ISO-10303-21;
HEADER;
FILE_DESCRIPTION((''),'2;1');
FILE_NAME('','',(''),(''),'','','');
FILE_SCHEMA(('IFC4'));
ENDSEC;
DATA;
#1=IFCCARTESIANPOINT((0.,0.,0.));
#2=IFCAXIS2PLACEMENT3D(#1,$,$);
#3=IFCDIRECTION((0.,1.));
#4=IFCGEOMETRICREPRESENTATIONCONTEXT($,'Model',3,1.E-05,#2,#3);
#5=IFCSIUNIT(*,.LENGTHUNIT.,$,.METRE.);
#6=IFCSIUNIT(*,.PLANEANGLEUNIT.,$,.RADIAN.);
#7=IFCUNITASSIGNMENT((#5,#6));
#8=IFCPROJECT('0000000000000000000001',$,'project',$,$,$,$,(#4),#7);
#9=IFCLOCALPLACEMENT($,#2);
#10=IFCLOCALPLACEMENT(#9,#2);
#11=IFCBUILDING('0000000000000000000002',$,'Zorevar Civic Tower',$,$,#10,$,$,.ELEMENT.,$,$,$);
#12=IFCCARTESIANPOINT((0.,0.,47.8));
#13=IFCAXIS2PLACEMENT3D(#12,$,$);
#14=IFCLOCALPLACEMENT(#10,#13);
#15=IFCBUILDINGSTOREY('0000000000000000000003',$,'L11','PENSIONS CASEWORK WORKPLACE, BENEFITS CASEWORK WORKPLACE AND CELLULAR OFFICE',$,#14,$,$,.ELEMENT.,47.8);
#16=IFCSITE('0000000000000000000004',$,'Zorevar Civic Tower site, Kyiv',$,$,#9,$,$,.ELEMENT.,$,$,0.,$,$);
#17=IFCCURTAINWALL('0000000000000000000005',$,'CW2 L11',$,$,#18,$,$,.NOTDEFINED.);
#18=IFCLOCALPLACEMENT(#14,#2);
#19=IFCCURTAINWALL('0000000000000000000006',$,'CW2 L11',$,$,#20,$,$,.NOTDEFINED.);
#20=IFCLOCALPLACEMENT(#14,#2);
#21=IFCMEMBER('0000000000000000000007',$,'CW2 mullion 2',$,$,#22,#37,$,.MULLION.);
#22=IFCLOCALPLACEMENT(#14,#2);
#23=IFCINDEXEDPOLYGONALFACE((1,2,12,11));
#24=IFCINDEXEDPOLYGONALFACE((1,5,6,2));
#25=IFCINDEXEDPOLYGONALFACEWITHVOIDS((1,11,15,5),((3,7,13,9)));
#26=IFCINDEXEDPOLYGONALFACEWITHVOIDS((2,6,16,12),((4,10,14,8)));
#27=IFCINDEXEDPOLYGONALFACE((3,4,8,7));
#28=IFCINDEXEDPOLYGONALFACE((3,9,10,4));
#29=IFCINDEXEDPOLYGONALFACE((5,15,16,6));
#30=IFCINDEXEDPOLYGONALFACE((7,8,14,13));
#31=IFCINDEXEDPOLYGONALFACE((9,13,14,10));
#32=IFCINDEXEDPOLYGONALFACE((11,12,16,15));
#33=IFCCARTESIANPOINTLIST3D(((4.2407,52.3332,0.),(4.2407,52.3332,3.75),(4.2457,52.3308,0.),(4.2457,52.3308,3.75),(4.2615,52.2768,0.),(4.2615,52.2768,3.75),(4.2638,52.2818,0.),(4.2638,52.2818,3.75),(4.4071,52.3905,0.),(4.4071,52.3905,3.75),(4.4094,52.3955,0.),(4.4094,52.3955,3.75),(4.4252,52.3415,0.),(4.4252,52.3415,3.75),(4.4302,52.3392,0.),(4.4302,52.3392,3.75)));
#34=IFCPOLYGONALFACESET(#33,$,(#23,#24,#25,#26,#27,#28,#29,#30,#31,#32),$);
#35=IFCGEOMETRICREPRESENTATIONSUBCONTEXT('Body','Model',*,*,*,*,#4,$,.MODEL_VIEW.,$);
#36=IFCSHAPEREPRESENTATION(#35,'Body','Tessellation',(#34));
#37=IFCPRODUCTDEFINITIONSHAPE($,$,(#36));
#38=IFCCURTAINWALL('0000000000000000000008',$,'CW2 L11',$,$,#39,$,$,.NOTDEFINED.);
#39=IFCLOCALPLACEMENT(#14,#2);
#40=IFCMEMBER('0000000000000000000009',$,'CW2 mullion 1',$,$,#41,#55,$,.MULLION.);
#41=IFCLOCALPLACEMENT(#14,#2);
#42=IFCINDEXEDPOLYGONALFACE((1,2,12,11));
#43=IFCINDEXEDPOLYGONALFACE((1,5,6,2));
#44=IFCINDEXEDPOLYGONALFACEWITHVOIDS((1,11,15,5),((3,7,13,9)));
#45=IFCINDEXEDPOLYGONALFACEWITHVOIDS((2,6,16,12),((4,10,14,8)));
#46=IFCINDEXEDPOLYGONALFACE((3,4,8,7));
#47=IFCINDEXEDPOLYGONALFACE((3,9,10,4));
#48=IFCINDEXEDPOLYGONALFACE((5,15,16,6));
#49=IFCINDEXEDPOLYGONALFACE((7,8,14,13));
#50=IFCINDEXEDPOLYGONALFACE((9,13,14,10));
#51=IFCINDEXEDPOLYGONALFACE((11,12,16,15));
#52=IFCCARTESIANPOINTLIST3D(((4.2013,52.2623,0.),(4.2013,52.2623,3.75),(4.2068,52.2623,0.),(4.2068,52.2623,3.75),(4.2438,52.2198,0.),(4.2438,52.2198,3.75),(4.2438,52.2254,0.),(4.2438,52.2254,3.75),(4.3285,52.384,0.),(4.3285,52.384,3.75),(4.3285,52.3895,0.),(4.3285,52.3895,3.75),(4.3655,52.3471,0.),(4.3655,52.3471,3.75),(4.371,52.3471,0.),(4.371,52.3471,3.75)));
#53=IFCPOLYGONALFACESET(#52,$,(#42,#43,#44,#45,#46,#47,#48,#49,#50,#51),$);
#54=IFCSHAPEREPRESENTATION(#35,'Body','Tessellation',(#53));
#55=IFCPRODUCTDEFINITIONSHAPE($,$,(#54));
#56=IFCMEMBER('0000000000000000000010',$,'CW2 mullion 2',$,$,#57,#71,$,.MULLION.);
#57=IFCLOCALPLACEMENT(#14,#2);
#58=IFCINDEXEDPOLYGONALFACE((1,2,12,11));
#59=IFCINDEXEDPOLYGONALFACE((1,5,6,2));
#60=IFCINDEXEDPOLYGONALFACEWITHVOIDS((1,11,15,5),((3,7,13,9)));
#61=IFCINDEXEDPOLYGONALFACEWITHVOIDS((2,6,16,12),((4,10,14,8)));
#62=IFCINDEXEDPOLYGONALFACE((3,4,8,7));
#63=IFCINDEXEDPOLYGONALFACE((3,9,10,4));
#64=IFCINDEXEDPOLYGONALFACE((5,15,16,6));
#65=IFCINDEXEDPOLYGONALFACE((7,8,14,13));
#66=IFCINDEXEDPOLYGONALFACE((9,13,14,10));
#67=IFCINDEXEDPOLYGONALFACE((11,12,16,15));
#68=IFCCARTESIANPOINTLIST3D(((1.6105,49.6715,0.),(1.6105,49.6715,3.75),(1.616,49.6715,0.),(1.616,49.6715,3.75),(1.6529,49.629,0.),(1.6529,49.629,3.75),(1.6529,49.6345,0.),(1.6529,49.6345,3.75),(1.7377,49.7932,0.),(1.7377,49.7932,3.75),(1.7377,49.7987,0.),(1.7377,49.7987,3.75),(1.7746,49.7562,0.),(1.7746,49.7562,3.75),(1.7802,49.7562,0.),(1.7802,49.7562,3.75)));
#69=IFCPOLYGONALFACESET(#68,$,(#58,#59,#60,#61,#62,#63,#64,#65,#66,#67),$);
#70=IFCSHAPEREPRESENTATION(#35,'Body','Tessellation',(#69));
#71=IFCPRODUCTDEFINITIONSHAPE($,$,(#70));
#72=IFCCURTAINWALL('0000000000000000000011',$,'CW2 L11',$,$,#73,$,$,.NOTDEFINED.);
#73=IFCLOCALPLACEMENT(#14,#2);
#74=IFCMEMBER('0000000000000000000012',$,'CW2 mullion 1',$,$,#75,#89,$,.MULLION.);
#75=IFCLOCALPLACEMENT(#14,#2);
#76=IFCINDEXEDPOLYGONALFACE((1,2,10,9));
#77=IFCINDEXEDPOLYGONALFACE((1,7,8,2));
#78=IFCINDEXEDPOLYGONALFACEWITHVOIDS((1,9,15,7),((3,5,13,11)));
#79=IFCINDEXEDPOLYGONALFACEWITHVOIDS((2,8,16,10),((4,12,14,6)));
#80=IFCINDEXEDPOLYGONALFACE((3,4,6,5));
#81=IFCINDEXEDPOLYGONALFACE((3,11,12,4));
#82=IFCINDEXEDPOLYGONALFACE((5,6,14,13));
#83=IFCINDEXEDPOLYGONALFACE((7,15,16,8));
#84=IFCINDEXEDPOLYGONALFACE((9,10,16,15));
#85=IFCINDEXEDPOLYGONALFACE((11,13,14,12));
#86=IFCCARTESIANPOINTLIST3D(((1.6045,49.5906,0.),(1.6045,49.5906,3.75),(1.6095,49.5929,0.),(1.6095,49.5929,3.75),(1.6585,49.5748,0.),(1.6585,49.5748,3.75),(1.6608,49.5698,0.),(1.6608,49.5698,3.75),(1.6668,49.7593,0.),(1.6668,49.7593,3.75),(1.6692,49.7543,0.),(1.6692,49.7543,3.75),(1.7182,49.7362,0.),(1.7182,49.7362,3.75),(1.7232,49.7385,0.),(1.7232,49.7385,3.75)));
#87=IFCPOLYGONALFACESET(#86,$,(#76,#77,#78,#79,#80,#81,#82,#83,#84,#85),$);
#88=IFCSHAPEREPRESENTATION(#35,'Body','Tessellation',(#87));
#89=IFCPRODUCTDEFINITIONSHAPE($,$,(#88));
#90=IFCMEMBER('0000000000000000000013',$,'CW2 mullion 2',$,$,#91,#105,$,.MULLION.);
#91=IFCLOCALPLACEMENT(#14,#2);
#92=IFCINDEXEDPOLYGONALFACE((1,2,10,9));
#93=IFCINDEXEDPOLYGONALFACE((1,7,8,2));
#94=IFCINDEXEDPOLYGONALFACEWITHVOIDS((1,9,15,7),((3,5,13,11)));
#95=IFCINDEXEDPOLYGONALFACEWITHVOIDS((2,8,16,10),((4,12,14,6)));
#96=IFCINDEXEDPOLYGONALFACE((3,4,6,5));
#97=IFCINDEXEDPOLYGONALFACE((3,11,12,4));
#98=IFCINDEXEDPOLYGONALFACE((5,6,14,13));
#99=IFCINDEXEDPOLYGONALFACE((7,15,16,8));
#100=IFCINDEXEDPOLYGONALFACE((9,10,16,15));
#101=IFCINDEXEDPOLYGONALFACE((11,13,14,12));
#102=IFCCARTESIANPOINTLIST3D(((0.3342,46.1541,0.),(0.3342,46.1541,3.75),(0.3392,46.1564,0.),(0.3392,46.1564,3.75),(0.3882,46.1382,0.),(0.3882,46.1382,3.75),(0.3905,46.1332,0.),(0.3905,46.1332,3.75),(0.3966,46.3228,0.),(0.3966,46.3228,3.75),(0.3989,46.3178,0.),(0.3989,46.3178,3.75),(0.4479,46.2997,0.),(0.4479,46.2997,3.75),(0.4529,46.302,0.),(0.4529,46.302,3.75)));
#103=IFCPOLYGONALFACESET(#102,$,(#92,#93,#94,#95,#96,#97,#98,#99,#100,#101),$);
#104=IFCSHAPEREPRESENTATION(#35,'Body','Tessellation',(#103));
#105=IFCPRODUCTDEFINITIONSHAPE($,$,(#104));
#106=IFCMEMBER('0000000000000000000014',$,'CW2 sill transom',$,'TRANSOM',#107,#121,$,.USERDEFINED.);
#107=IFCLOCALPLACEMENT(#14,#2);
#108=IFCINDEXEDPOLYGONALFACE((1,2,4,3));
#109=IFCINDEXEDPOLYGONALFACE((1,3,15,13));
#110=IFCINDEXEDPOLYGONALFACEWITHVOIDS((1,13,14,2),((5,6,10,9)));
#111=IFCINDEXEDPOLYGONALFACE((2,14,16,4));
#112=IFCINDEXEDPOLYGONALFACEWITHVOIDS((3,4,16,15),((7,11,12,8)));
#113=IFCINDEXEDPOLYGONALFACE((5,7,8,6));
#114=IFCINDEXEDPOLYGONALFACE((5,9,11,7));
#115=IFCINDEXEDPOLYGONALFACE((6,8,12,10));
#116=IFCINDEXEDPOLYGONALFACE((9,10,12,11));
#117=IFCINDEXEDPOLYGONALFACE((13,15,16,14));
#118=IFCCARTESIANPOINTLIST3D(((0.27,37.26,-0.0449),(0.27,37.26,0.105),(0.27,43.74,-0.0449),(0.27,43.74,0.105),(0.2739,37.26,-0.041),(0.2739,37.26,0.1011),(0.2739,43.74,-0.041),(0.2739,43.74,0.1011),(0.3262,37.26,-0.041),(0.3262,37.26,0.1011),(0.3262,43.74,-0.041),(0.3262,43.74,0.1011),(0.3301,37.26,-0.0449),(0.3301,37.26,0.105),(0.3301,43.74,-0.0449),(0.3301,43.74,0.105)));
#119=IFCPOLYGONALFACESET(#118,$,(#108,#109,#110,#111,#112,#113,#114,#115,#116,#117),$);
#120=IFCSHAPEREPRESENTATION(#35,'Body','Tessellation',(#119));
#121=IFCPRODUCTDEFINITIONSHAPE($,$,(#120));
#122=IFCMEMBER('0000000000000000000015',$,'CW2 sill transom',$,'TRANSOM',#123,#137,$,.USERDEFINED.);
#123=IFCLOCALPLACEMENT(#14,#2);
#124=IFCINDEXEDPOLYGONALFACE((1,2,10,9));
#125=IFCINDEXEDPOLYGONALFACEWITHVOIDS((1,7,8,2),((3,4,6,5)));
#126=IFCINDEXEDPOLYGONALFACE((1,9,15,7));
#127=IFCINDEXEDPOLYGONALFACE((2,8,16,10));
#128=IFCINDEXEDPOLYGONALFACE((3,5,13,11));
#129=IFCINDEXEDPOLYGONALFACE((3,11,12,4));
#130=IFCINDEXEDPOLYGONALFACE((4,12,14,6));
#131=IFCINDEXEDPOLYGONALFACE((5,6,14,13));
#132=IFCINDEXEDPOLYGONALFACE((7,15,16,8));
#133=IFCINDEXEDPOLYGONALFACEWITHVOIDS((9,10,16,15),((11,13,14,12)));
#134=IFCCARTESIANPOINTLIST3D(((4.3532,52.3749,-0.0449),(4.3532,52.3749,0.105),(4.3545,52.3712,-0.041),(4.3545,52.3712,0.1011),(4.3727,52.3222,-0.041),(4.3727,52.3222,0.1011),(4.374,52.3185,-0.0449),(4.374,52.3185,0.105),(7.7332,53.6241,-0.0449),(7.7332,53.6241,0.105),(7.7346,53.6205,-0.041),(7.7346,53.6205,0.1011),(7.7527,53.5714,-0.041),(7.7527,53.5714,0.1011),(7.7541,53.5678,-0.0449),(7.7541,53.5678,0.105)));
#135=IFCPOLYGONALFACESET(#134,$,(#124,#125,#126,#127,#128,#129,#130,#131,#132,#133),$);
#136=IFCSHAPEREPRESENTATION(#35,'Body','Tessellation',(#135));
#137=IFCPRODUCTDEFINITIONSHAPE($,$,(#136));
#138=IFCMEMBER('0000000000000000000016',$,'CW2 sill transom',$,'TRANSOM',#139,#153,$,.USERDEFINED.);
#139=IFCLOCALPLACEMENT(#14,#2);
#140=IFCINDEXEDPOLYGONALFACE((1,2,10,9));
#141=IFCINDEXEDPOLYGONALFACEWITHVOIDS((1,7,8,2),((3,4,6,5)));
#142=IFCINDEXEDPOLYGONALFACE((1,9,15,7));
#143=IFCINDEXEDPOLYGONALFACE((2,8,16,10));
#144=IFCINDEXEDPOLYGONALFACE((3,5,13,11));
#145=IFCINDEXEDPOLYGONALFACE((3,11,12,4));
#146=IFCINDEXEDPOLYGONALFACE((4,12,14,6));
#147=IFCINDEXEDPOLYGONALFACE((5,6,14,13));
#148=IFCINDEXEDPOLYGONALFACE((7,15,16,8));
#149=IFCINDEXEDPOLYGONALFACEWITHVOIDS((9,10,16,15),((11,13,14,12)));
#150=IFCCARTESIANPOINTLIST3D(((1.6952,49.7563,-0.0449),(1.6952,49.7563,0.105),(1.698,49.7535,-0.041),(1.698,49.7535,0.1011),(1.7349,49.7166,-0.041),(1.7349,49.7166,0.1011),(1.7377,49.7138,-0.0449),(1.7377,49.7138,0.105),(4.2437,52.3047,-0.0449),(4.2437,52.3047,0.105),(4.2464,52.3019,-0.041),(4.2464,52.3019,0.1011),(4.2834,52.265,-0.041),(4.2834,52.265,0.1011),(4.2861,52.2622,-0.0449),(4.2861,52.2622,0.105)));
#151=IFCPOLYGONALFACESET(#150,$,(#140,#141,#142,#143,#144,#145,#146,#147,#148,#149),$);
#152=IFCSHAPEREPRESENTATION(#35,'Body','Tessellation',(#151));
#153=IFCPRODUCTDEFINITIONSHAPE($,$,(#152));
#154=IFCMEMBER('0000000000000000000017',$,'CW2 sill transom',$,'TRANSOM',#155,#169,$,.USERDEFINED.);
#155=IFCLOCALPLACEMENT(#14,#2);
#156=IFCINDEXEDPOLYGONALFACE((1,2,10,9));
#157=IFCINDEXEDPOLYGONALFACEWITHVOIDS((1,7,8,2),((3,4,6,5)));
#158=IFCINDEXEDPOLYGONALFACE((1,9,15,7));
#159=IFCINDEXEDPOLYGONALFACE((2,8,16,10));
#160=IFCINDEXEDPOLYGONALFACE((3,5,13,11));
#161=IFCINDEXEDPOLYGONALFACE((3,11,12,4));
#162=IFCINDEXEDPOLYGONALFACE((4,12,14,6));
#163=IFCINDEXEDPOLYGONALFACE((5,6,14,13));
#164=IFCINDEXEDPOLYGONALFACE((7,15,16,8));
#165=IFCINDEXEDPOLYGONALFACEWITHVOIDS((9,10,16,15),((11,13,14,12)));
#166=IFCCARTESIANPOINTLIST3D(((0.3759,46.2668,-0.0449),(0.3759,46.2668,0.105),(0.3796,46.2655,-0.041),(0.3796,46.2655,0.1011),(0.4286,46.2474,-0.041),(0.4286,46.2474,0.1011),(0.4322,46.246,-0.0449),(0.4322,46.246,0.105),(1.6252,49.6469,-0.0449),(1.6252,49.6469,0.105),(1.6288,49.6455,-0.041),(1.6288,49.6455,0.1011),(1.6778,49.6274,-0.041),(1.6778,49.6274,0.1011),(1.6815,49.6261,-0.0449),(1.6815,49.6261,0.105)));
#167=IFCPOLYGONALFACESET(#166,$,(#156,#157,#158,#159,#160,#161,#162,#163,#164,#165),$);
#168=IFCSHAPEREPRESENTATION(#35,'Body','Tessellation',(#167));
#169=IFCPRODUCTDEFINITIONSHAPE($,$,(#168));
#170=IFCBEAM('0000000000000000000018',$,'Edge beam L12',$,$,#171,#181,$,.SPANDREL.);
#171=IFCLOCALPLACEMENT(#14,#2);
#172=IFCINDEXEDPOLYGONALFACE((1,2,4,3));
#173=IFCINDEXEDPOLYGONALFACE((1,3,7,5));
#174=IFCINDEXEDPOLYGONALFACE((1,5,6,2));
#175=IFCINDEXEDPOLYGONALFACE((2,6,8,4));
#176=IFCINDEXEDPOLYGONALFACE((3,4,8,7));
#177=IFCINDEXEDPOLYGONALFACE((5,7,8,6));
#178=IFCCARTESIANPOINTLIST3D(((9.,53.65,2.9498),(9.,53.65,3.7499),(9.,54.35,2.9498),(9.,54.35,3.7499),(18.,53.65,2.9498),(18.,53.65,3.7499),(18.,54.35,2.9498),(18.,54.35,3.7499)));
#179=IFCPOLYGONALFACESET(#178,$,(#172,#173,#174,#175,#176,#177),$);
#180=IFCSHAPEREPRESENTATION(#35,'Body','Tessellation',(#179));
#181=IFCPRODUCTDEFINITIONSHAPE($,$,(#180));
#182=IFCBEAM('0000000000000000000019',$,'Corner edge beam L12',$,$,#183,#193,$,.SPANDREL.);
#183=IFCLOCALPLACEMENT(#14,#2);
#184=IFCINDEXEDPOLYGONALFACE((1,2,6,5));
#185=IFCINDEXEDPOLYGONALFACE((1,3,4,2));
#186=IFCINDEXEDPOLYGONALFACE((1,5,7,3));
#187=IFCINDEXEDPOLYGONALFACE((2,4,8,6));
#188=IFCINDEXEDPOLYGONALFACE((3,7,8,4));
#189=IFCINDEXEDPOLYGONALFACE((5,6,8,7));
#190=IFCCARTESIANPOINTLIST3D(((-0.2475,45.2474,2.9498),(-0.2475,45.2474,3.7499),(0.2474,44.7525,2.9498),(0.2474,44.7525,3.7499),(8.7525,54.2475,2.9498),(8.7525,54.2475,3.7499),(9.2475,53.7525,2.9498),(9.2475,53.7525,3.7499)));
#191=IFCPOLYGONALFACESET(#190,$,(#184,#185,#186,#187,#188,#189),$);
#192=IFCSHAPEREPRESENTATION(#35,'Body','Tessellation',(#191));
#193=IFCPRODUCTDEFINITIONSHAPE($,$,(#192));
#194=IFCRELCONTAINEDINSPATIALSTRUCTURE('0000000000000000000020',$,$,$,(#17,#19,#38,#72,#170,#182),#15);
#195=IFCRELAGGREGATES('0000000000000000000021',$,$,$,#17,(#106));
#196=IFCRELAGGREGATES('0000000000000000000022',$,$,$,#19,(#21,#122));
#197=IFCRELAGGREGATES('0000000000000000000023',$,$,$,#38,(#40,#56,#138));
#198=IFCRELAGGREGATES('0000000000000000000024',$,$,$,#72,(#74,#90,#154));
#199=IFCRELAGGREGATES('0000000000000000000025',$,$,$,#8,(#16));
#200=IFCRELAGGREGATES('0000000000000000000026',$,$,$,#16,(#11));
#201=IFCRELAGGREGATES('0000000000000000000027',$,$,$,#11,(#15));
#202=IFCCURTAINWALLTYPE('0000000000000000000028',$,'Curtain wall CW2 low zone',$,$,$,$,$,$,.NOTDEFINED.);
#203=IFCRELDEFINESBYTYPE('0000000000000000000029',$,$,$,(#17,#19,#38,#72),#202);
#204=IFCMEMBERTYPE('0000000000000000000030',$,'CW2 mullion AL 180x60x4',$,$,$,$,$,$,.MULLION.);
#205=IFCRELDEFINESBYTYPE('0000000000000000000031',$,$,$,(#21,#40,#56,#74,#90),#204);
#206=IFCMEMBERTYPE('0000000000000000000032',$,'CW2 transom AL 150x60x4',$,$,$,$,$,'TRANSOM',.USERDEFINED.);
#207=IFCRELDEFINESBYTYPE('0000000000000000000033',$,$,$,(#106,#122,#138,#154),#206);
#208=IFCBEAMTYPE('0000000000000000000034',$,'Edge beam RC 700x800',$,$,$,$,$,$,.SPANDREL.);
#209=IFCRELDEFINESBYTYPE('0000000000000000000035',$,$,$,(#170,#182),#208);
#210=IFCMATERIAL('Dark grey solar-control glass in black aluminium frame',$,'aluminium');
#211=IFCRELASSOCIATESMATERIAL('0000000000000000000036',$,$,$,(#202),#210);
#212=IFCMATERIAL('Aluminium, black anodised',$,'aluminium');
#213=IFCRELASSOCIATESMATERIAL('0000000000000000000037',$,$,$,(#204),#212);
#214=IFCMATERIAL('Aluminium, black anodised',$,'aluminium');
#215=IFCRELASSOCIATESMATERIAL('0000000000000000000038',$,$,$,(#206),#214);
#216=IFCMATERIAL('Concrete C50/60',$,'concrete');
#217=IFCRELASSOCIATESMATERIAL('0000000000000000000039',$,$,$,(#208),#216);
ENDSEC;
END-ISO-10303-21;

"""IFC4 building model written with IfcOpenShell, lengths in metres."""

from ifc_helpers import new_model, si_unit, direction, frame, origin, origin_2d, place, context, subcontext, project, spatial, rectangle, hollow_rectangle, extrude, material, material_profile, profile_set, type_object, element, aggregate, save


model = new_model("IFC4")

# Units and contexts
model_context = context("Model", 3, precision=1e-05, world=origin(), true_north=direction((0.0, 1.0)))
body_context = subcontext(model_context, "Body", "Model", "MODEL_VIEW")
ifc_project = project(units=[si_unit("LENGTHUNIT", "METRE"), si_unit("PLANEANGLEUNIT", "RADIAN")], contexts=[model_context])

# Site, building, storey
site_placement = place(None, origin())
site = spatial("IfcSite", under=ifc_project, at=site_placement, Name="Zorevar Civic Tower site, Kyiv", CompositionType="ELEMENT", RefElevation=0.0)
building_placement = place(site_placement, origin())
building = spatial("IfcBuilding", under=site, at=building_placement, Name="Zorevar Civic Tower", CompositionType="ELEMENT")
storey_placement = place(building_placement, frame((0.0, 0.0, 47.8)))
storey = spatial("IfcBuildingStorey", under=building, at=storey_placement, Name="L11", Description="PENSIONS CASEWORK WORKPLACE, BENEFITS CASEWORK WORKPLACE AND CELLULAR OFFICE", CompositionType="ELEMENT", Elevation=47.8)

# Curtain walls, members
ifc_material_1 = material(Name="Dark grey solar-control glass in black aluminium frame", Category="aluminium")
curtain_wall_type = type_object("IfcCurtainWallType", Name="Curtain wall CW2 low zone", PredefinedType="NOTDEFINED", material=ifc_material_1)
curtain_wall_1_placement = place(storey_placement, origin())
curtain_wall_1 = element("IfcCurtainWall", 1, at=curtain_wall_1_placement, inside=storey, type_object=curtain_wall_type, Name="CW2 L11", PredefinedType="NOTDEFINED")
ifc_material_2 = material(Name="Aluminium, black anodised", Category="aluminium")
ifc_material_profile_1 = material_profile(ifc_material_2, hollow_rectangle(XDim=0.0601, YDim=0.1799, WallThickness=0.0039, at=origin_2d()), Name="AL 180x60x4")
ifc_profile_set_1 = profile_set([ifc_material_profile_1], Name="Aluminium, black anodised")
member_type_1 = type_object("IfcMemberType", Name="CW2 mullion AL 180x60x4", PredefinedType="MULLION", material=ifc_profile_set_1)
curtain_wall_2_placement = place(storey_placement, origin())
curtain_wall_2 = element("IfcCurtainWall", 2, at=curtain_wall_2_placement, inside=storey, type_object=curtain_wall_type, Name="CW2 L11", PredefinedType="NOTDEFINED")
member_1_placement = place(storey_placement, frame((4.3354, 52.3362, 0.0), z_axis=(0.0, 0.0, 1.0), x_axis=(0.346704, -0.937975, 0.0)))
member_1 = element("IfcMember", 3, at=member_1_placement, type_object=member_type_1, Name="CW2 mullion 2", PredefinedType="MULLION", context=body_context, shape_type="SweptSolid", body=[
    extrude(hollow_rectangle(XDim=0.0601, YDim=0.1799, WallThickness=0.0039, at=origin_2d()), origin(), (0.0, 0.0, 1.0), 3.75),
])
curtain_wall_3_placement = place(storey_placement, origin())
curtain_wall_3 = element("IfcCurtainWall", 4, at=curtain_wall_3_placement, inside=storey, type_object=curtain_wall_type, Name="CW2 L11", PredefinedType="NOTDEFINED")
member_2_placement = place(storey_placement, frame((4.2861, 52.3047, 0.0), z_axis=(0.0, 0.0, 1.0), x_axis=(0.707107, -0.707107, 0.0)))
member_2 = element("IfcMember", 5, at=member_2_placement, type_object=member_type_1, Name="CW2 mullion 1", PredefinedType="MULLION", context=body_context, shape_type="SweptSolid", body=[
    extrude(hollow_rectangle(XDim=0.0601, YDim=0.1799, WallThickness=0.0039, at=origin_2d()), origin(), (0.0, 0.0, 1.0), 3.75),
])
member_3_placement = place(storey_placement, frame((1.6953, 49.7139, 0.0), z_axis=(0.0, 0.0, 1.0), x_axis=(0.707107, -0.707107, 0.0)))
member_3 = element("IfcMember", 6, at=member_3_placement, type_object=member_type_1, Name="CW2 mullion 2", PredefinedType="MULLION", context=body_context, shape_type="SweptSolid", body=[
    extrude(hollow_rectangle(XDim=0.0601, YDim=0.1799, WallThickness=0.0039, at=origin_2d()), origin(), (0.0, 0.0, 1.0), 3.75),
])
curtain_wall_4_placement = place(storey_placement, origin())
curtain_wall_4 = element("IfcCurtainWall", 7, at=curtain_wall_4_placement, inside=storey, type_object=curtain_wall_type, Name="CW2 L11", PredefinedType="NOTDEFINED")
member_4_placement = place(storey_placement, frame((1.6638, 49.6646, 0.0), z_axis=(0.0, 0.0, 1.0), x_axis=(0.937975, -0.346704, 0.0)))
member_4 = element("IfcMember", 8, at=member_4_placement, type_object=member_type_1, Name="CW2 mullion 1", PredefinedType="MULLION", context=body_context, shape_type="SweptSolid", body=[
    extrude(hollow_rectangle(XDim=0.0601, YDim=0.1799, WallThickness=0.0039, at=origin_2d()), origin(), (0.0, 0.0, 1.0), 3.75),
])
member_5_placement = place(storey_placement, frame((0.3936, 46.228, 0.0), z_axis=(0.0, 0.0, 1.0), x_axis=(0.937975, -0.346704, 0.0)))
member_5 = element("IfcMember", 9, at=member_5_placement, type_object=member_type_1, Name="CW2 mullion 2", PredefinedType="MULLION", context=body_context, shape_type="SweptSolid", body=[
    extrude(hollow_rectangle(XDim=0.0601, YDim=0.1799, WallThickness=0.0039, at=origin_2d()), origin(), (0.0, 0.0, 1.0), 3.75),
])

# Members
ifc_material_3 = material(Name="Aluminium, black anodised", Category="aluminium")
ifc_material_profile_2 = material_profile(ifc_material_3, hollow_rectangle(XDim=0.0601, YDim=0.1499, WallThickness=0.0039, at=origin_2d()), Name="AL 150x60x4")
ifc_profile_set_2 = profile_set([ifc_material_profile_2], Name="Aluminium, black anodised")
member_type_2 = type_object("IfcMemberType", Name="CW2 transom AL 150x60x4", ElementType="TRANSOM", PredefinedType="USERDEFINED", material=ifc_profile_set_2)
member_6_placement = place(storey_placement, frame((0.3, 37.26, 0.03), z_axis=(0.0, 1.0, 0.0), x_axis=(-1.0, 0.0, 0.0)))
member_6 = element("IfcMember", 10, at=member_6_placement, type_object=member_type_2, Name="CW2 sill transom", ObjectType="TRANSOM", PredefinedType="USERDEFINED", context=body_context, shape_type="SweptSolid", body=[
    extrude(hollow_rectangle(XDim=0.0601, YDim=0.1499, WallThickness=0.0039, at=origin_2d()), origin(), (0.0, 0.0, 1.0), 6.48),
])
member_7_placement = place(storey_placement, frame((7.7437, 53.5959, 0.03), z_axis=(-0.937986, -0.346672, 0.0), x_axis=(0.346672, -0.937986, 0.0)))
member_7 = element("IfcMember", 11, at=member_7_placement, type_object=member_type_2, Name="CW2 sill transom", ObjectType="TRANSOM", PredefinedType="USERDEFINED", context=body_context, shape_type="SweptSolid", body=[
    extrude(hollow_rectangle(XDim=0.0601, YDim=0.1499, WallThickness=0.0039, at=origin_2d()), origin(), (0.0, 0.0, 1.0), 3.6035),
])
member_8_placement = place(storey_placement, frame((4.2649, 52.2834, 0.03), z_axis=(-0.707107, -0.707107, 0.0), x_axis=(0.707107, -0.707107, 0.0)))
member_8 = element("IfcMember", 12, at=member_8_placement, type_object=member_type_2, Name="CW2 sill transom", ObjectType="TRANSOM", PredefinedType="USERDEFINED", context=body_context, shape_type="SweptSolid", body=[
    extrude(hollow_rectangle(XDim=0.0601, YDim=0.1499, WallThickness=0.0039, at=origin_2d()), origin(), (0.0, 0.0, 1.0), 3.604),
])
member_9_placement = place(storey_placement, frame((1.6533, 49.6365, 0.03), z_axis=(-0.346672, -0.937986, 0.0), x_axis=(0.937986, -0.346672, 0.0)))
member_9 = element("IfcMember", 13, at=member_9_placement, type_object=member_type_2, Name="CW2 sill transom", ObjectType="TRANSOM", PredefinedType="USERDEFINED", context=body_context, shape_type="SweptSolid", body=[
    extrude(hollow_rectangle(XDim=0.0601, YDim=0.1499, WallThickness=0.0039, at=origin_2d()), origin(), (0.0, 0.0, 1.0), 3.6035),
])

# Beams
ifc_material_4 = material(Name="Concrete C50/60", Category="concrete")
ifc_material_profile_3 = material_profile(ifc_material_4, rectangle(XDim=0.7, YDim=0.8, at=origin_2d()), Name="RC 700x800")
ifc_profile_set_3 = profile_set([ifc_material_profile_3], Name="Concrete C50/60")
beam_type_1 = type_object("IfcBeamType", Name="Edge beam RC 700x800", PredefinedType="SPANDREL", material=ifc_profile_set_3)
beam_1_placement = place(storey_placement, frame((9.0, 54.0, 3.3499), z_axis=(1.0, 0.0, 0.0), x_axis=(0.0, 1.0, 0.0)))
element("IfcBeam", 14, at=beam_1_placement, inside=storey, type_object=beam_type_1, Name="Edge beam L12", PredefinedType="SPANDREL", context=body_context, shape_type="SweptSolid", body=[
    extrude(rectangle(XDim=0.7, YDim=0.8, at=origin_2d()), origin(), (0.0, 0.0, 1.0), 9.0),
])
beam_2_placement = place(storey_placement, frame((9.0, 54.0, 3.3499), z_axis=(-0.707107, -0.707107, 0.0), x_axis=(0.707107, -0.707107, 0.0)))
element("IfcBeam", 15, at=beam_2_placement, inside=storey, type_object=beam_type_1, Name="Corner edge beam L12", PredefinedType="SPANDREL", context=body_context, shape_type="SweptSolid", body=[
    extrude(rectangle(XDim=0.7, YDim=0.8, at=origin_2d()), origin(), (0.0, 0.0, 1.0), 12.728),
])

aggregate(curtain_wall_1, [member_6])
aggregate(curtain_wall_2, [member_1, member_7])
aggregate(curtain_wall_3, [member_2, member_3, member_8])
aggregate(curtain_wall_4, [member_4, member_5, member_9])

save(model, "model.ifc")
